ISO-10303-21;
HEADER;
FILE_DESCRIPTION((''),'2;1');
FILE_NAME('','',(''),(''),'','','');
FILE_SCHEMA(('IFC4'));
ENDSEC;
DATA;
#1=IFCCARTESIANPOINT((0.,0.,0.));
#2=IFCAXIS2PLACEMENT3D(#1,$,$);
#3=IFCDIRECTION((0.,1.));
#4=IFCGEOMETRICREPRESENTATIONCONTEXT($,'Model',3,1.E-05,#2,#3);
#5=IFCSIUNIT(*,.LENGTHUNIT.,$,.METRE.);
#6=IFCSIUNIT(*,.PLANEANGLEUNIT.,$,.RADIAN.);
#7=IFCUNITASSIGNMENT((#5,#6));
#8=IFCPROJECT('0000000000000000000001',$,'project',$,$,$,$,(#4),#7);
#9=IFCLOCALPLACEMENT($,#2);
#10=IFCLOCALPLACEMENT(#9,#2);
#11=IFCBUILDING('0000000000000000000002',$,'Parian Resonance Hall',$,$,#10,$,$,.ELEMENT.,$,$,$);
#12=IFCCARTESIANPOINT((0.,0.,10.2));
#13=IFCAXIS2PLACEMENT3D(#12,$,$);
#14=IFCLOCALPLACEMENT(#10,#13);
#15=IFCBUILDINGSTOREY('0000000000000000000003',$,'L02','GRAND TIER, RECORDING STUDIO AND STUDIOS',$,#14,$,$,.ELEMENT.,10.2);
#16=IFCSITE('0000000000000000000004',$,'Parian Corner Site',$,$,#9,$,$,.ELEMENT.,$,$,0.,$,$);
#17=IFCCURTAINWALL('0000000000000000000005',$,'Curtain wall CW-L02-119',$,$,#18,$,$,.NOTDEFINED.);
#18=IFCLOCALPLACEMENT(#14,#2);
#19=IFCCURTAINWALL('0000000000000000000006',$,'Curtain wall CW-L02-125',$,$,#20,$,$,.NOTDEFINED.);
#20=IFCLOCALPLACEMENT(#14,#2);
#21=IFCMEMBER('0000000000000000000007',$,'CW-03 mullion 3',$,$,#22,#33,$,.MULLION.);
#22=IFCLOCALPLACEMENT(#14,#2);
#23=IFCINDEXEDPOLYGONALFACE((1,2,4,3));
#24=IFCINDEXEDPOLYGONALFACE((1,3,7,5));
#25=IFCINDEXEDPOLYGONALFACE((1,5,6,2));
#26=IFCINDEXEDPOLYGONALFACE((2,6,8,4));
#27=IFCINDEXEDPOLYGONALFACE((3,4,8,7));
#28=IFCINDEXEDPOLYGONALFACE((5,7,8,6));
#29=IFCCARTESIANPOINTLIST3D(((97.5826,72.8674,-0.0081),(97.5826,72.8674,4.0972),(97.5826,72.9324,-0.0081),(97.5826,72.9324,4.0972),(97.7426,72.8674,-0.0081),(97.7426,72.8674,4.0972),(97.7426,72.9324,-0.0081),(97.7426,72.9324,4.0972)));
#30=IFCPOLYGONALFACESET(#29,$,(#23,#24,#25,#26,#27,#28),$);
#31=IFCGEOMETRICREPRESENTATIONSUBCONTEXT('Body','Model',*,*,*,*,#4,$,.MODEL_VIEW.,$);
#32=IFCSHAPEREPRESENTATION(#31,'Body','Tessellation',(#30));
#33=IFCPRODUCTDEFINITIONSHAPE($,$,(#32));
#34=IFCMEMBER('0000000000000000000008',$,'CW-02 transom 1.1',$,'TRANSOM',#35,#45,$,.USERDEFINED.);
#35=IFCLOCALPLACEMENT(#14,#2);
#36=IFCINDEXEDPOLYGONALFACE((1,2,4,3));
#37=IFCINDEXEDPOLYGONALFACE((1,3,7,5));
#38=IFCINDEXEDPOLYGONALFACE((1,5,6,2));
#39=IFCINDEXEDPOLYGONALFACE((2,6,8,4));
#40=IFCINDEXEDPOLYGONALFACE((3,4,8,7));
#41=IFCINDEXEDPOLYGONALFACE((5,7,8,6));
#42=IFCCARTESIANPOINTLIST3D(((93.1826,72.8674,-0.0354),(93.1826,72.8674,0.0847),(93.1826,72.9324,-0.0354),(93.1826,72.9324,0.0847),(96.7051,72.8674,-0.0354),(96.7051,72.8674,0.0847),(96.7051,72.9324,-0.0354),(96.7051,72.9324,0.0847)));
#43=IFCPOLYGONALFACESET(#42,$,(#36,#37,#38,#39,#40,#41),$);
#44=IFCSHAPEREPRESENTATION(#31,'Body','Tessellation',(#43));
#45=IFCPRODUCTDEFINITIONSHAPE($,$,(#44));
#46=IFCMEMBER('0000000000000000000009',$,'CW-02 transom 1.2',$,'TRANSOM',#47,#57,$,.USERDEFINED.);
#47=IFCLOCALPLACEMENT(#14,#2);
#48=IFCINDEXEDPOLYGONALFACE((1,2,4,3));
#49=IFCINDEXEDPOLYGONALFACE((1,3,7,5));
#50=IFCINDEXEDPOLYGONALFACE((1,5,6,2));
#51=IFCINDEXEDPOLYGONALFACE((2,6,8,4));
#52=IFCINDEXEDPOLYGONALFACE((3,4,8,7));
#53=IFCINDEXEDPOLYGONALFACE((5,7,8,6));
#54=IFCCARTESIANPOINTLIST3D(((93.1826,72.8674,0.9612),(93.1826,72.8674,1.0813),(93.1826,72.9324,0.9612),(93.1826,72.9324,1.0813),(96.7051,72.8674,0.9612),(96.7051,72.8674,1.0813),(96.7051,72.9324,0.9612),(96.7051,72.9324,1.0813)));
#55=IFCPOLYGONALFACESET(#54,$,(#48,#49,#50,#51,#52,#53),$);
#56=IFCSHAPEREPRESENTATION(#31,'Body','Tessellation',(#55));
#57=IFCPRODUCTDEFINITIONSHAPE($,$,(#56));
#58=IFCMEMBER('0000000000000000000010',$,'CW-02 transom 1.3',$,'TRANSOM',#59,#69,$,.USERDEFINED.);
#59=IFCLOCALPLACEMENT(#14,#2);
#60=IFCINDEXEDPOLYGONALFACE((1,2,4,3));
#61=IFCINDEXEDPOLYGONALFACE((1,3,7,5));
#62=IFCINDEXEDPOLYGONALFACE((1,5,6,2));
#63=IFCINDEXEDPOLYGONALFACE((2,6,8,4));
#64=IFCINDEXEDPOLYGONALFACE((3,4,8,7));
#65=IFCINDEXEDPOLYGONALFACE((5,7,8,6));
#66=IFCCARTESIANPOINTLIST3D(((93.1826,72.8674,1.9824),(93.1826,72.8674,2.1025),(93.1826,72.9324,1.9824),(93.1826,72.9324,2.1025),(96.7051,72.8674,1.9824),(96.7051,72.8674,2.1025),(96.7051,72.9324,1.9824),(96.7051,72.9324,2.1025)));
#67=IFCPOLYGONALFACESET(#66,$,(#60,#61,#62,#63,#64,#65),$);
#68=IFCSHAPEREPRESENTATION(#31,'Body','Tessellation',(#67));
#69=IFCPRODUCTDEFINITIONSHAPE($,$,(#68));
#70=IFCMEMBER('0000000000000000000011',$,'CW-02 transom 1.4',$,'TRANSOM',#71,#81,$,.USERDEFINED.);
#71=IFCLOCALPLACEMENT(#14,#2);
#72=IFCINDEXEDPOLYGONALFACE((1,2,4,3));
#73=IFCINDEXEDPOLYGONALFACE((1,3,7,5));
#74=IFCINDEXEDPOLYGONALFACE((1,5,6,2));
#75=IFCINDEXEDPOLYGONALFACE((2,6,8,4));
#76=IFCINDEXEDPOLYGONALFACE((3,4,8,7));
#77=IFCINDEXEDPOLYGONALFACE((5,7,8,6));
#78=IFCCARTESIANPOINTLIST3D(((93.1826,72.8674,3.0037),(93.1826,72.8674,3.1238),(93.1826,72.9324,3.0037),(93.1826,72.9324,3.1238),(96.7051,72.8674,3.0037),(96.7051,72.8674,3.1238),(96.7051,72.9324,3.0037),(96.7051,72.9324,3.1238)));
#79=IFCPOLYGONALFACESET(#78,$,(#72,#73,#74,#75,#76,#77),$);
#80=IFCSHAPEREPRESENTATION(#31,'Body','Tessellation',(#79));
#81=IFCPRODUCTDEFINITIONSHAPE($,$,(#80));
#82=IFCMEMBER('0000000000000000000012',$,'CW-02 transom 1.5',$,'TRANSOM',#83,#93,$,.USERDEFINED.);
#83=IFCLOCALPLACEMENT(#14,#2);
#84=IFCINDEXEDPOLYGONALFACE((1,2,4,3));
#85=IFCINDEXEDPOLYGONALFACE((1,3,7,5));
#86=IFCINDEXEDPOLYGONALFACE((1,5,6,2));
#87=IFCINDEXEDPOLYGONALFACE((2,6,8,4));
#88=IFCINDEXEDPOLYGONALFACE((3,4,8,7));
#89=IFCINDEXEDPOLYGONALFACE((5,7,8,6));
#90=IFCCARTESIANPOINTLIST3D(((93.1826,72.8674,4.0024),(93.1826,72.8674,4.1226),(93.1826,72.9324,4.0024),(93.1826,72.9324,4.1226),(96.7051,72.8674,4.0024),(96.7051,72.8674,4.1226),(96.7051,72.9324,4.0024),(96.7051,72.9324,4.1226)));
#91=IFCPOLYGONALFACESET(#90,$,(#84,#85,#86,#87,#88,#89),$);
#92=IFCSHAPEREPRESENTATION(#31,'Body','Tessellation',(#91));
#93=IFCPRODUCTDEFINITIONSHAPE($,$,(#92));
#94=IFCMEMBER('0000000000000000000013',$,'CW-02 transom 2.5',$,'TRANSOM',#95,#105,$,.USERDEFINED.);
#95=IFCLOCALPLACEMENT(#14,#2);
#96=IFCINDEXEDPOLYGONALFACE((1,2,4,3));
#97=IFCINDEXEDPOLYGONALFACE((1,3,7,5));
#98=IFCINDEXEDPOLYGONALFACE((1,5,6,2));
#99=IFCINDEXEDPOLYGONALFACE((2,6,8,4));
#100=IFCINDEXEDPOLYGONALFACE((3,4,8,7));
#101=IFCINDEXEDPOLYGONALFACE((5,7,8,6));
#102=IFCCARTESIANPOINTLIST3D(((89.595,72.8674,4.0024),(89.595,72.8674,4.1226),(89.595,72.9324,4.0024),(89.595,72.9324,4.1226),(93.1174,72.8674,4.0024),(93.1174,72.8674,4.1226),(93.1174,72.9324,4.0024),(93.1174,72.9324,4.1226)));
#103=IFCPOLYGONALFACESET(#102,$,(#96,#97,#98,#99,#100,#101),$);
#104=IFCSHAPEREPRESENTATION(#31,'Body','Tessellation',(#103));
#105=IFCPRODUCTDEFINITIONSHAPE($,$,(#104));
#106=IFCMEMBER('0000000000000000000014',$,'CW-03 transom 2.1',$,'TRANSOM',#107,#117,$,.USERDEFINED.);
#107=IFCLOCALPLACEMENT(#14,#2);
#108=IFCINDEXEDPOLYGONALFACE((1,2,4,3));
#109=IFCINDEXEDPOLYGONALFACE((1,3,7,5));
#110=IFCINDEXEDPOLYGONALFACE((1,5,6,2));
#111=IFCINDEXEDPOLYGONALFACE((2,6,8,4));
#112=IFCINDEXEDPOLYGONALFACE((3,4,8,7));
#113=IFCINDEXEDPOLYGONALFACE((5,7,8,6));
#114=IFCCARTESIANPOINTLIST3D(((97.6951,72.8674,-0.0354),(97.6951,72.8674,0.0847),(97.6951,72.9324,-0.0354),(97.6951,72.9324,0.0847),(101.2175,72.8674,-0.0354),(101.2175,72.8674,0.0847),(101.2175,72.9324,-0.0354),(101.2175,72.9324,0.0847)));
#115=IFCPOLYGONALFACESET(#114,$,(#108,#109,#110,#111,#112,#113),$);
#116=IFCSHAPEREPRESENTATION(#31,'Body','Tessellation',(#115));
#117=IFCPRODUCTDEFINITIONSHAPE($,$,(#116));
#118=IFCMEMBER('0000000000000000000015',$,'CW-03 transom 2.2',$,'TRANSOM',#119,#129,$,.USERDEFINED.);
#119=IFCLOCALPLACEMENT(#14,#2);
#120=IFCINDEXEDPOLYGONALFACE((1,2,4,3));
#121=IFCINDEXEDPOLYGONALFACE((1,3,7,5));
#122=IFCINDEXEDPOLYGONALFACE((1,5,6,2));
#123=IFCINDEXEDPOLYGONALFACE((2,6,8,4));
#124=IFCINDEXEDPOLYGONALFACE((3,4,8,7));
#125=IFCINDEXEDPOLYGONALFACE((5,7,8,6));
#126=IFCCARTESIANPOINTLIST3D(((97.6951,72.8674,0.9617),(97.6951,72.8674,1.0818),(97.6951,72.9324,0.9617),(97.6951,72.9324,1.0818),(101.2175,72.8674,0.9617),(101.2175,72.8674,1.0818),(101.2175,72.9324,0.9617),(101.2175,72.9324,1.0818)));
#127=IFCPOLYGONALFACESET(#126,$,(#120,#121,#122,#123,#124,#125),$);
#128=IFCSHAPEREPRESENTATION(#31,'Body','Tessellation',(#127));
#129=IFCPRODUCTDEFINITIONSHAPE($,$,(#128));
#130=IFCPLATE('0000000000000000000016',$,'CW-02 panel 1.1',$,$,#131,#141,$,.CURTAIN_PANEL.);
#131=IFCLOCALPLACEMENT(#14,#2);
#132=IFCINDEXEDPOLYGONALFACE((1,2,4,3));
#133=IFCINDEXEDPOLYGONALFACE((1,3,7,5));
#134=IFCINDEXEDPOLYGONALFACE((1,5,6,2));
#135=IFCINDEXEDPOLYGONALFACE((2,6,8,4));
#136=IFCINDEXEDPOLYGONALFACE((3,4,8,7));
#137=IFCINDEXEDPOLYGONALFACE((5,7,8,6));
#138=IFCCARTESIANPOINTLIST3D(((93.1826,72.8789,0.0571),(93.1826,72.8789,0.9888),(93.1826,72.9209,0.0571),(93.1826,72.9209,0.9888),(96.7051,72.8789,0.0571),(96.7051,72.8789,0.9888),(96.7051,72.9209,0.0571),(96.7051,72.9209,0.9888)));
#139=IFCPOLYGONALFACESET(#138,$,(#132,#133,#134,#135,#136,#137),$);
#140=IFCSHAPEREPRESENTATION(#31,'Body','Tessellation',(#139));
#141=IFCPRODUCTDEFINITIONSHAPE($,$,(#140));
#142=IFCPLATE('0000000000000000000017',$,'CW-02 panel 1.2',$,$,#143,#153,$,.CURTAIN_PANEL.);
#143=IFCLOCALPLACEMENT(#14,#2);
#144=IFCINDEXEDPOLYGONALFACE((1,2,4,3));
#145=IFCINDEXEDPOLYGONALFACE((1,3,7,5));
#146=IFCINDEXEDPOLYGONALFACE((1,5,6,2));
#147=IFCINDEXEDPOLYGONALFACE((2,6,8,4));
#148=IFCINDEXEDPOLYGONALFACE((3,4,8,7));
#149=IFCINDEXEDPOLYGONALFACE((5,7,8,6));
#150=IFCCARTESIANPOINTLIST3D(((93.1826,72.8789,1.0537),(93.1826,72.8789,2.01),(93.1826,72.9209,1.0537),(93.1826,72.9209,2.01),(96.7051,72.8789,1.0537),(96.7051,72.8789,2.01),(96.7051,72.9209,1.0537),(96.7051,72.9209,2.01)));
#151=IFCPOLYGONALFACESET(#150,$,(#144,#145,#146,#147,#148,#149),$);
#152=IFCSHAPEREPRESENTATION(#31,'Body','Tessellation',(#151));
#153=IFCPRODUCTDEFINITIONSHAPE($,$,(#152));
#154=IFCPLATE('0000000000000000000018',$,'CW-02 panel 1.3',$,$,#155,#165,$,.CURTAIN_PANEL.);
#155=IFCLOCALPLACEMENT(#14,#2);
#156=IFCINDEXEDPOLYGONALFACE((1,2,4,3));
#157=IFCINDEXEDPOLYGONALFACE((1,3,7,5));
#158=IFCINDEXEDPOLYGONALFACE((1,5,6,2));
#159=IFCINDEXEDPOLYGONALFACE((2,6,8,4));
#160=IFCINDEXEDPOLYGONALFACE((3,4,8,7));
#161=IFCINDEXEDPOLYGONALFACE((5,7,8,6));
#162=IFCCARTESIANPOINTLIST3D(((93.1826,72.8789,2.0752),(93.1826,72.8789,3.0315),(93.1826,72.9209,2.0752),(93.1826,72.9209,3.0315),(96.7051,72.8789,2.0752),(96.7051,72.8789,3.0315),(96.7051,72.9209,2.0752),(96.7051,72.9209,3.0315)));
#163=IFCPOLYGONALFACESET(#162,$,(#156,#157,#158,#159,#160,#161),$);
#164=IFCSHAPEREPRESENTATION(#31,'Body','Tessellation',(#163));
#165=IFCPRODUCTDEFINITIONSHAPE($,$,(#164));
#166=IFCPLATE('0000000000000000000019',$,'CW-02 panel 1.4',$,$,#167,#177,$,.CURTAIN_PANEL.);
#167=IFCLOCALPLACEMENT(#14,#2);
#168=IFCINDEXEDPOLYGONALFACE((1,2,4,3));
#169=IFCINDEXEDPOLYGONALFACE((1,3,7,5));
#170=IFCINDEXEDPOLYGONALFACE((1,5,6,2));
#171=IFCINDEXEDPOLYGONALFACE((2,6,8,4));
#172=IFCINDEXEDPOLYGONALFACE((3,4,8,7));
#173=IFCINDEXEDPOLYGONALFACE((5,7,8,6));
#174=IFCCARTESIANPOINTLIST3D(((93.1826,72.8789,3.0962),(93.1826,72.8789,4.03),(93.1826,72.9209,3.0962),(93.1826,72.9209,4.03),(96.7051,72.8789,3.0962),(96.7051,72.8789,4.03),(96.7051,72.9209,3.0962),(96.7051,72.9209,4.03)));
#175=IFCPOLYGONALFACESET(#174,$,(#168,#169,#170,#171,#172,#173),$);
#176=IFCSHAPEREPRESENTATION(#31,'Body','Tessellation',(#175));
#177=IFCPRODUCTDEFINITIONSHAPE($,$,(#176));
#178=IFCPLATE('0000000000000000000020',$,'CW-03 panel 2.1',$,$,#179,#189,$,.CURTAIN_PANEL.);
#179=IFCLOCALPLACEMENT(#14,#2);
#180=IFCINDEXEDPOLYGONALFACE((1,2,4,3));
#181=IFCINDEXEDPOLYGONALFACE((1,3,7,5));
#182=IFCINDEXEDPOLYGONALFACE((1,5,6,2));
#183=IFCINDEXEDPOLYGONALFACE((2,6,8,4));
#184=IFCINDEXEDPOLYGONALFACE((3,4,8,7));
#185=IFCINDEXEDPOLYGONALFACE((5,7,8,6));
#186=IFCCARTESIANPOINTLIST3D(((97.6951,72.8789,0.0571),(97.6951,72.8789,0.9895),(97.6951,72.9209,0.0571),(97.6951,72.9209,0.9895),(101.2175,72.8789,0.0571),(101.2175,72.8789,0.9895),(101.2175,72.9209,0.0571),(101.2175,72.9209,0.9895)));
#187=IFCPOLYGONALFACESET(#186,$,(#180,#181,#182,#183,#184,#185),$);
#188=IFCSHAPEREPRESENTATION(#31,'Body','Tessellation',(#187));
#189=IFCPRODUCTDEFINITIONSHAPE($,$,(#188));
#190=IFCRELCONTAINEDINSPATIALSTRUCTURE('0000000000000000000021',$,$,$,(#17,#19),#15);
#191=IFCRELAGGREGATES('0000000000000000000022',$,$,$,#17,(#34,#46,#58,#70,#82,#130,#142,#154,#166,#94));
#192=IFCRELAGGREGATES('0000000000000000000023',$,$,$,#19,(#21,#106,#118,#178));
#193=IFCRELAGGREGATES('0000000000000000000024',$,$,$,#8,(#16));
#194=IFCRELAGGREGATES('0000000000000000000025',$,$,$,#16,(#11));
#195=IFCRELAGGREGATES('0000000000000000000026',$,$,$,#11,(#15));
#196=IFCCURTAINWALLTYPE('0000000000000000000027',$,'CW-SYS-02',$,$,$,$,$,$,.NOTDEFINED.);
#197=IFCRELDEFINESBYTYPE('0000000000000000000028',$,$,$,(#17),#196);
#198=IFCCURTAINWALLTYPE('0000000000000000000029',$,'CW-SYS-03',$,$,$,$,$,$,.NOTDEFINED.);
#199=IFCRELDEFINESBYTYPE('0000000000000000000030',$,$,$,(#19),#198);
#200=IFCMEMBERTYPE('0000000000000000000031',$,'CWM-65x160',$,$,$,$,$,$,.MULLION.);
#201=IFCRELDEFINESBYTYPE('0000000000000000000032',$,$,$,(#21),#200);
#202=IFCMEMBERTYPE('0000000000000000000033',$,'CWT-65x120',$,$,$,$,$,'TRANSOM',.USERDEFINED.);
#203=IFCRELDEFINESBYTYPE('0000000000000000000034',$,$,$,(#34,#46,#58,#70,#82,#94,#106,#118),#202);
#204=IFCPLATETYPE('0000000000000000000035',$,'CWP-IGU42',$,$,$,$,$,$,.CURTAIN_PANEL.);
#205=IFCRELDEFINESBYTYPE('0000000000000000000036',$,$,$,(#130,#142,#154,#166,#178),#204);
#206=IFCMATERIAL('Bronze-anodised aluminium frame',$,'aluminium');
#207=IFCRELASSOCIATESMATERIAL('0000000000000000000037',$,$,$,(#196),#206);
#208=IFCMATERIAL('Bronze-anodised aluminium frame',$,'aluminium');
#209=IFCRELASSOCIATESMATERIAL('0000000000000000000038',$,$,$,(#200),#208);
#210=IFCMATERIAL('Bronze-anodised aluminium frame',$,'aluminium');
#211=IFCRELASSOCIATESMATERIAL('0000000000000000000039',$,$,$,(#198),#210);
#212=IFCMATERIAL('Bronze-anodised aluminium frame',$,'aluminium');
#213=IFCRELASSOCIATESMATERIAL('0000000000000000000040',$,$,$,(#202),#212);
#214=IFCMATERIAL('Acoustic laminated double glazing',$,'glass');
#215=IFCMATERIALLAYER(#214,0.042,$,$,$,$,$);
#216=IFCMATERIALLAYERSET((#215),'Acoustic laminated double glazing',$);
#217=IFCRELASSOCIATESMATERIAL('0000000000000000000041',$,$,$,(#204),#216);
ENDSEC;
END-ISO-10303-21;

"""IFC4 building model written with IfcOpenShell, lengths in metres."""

from ifc_helpers import new_model, si_unit, direction, frame, origin, origin_2d, place, context, subcontext, project, spatial, rectangle, extrude, material, layer, layer_set, material_profile, profile_set, type_object, element, aggregate, save


model = new_model("IFC4")

# Units and contexts
model_context = context("Model", 3, precision=1e-05, world=origin(), true_north=direction((0.0, 1.0)))
body_context = subcontext(model_context, "Body", "Model", "MODEL_VIEW")
ifc_project = project(units=[si_unit("LENGTHUNIT", "METRE"), si_unit("PLANEANGLEUNIT", "RADIAN")], contexts=[model_context])

# Site, building, storey
site_placement = place(None, origin())
site = spatial("IfcSite", under=ifc_project, at=site_placement, Name="Parian Corner Site", CompositionType="ELEMENT", RefElevation=0.0)
building_placement = place(site_placement, origin())
building = spatial("IfcBuilding", under=site, at=building_placement, Name="Parian Resonance Hall", CompositionType="ELEMENT")
storey_placement = place(building_placement, frame((0.0, 0.0, 10.2)))
storey = spatial("IfcBuildingStorey", under=building, at=storey_placement, Name="L02", Description="GRAND TIER, RECORDING STUDIO AND STUDIOS", CompositionType="ELEMENT", Elevation=10.2)

# Curtain wall
ifc_material_1 = material(Name="Bronze-anodised aluminium frame", Category="aluminium")
curtain_wall_type_1 = type_object("IfcCurtainWallType", Name="CW-SYS-02", PredefinedType="NOTDEFINED", material=ifc_material_1)
curtain_wall_1_placement = place(storey_placement, origin())
curtain_wall_1 = element("IfcCurtainWall", 1, at=curtain_wall_1_placement, inside=storey, type_object=curtain_wall_type_1, Name="Curtain wall CW-L02-119", PredefinedType="NOTDEFINED")
ifc_material_2 = material(Name="Bronze-anodised aluminium frame", Category="aluminium")
ifc_material_profile_1 = material_profile(ifc_material_2, rectangle(XDim=0.0649, YDim=0.1599, at=origin_2d()), Name="CWM-65x160")
ifc_profile_set_1 = profile_set([ifc_material_profile_1], Name="Bronze-anodised aluminium frame")
member_type_1 = type_object("IfcMemberType", Name="CWM-65x160", PredefinedType="MULLION", material=ifc_profile_set_1)

# Curtain wall, member
ifc_material_3 = material(Name="Bronze-anodised aluminium frame", Category="aluminium")
curtain_wall_type_2 = type_object("IfcCurtainWallType", Name="CW-SYS-03", PredefinedType="NOTDEFINED", material=ifc_material_3)
curtain_wall_2_placement = place(storey_placement, origin())
curtain_wall_2 = element("IfcCurtainWall", 2, at=curtain_wall_2_placement, inside=storey, type_object=curtain_wall_type_2, Name="Curtain wall CW-L02-125", PredefinedType="NOTDEFINED")
member_1_placement = place(storey_placement, frame((97.6626, 72.8999, -0.0081), z_axis=(0.0, 0.0, 1.0), x_axis=(0.0, -1.0, 0.0)))
member_1 = element("IfcMember", 3, at=member_1_placement, type_object=member_type_1, Name="CW-03 mullion 3", PredefinedType="MULLION", context=body_context, shape_type="SweptSolid", body=[
    extrude(rectangle(XDim=0.0649, YDim=0.1599, at=origin_2d()), origin(), (0.0, 0.0, 1.0), 4.1052),
])

# Members
ifc_material_4 = material(Name="Bronze-anodised aluminium frame", Category="aluminium")
ifc_material_profile_2 = material_profile(ifc_material_4, rectangle(XDim=0.0649, YDim=0.1201, at=origin_2d()), Name="CWT-65x120")
ifc_profile_set_2 = profile_set([ifc_material_profile_2], Name="Bronze-anodised aluminium frame")
member_type_2 = type_object("IfcMemberType", Name="CWT-65x120", ElementType="TRANSOM", PredefinedType="USERDEFINED", material=ifc_profile_set_2)
member_2_placement = place(storey_placement, frame((96.7051, 72.8999, 0.0247), z_axis=(-1.0, 0.0, 0.0), x_axis=(0.0, -1.0, 0.0)))
member_2 = element("IfcMember", 4, at=member_2_placement, type_object=member_type_2, Name="CW-02 transom 1.1", ObjectType="TRANSOM", PredefinedType="USERDEFINED", context=body_context, shape_type="SweptSolid", body=[
    extrude(rectangle(XDim=0.0649, YDim=0.1201, at=origin_2d()), origin(), (0.0, 0.0, 1.0), 3.5225),
])
member_3_placement = place(storey_placement, frame((96.7051, 72.8999, 1.0212), z_axis=(-1.0, 0.0, 0.0), x_axis=(0.0, -1.0, 0.0)))
member_3 = element("IfcMember", 5, at=member_3_placement, type_object=member_type_2, Name="CW-02 transom 1.2", ObjectType="TRANSOM", PredefinedType="USERDEFINED", context=body_context, shape_type="SweptSolid", body=[
    extrude(rectangle(XDim=0.0649, YDim=0.1201, at=origin_2d()), origin(), (0.0, 0.0, 1.0), 3.5225),
])
member_4_placement = place(storey_placement, frame((96.7051, 72.8999, 2.0425), z_axis=(-1.0, 0.0, 0.0), x_axis=(0.0, -1.0, 0.0)))
member_4 = element("IfcMember", 6, at=member_4_placement, type_object=member_type_2, Name="CW-02 transom 1.3", ObjectType="TRANSOM", PredefinedType="USERDEFINED", context=body_context, shape_type="SweptSolid", body=[
    extrude(rectangle(XDim=0.0649, YDim=0.1201, at=origin_2d()), origin(), (0.0, 0.0, 1.0), 3.5225),
])
member_5_placement = place(storey_placement, frame((96.7051, 72.8999, 3.0637), z_axis=(-1.0, 0.0, 0.0), x_axis=(0.0, -1.0, 0.0)))
member_5 = element("IfcMember", 7, at=member_5_placement, type_object=member_type_2, Name="CW-02 transom 1.4", ObjectType="TRANSOM", PredefinedType="USERDEFINED", context=body_context, shape_type="SweptSolid", body=[
    extrude(rectangle(XDim=0.0649, YDim=0.1201, at=origin_2d()), origin(), (0.0, 0.0, 1.0), 3.5225),
])
member_6_placement = place(storey_placement, frame((96.7051, 72.8999, 4.0625), z_axis=(-1.0, 0.0, 0.0), x_axis=(0.0, -1.0, 0.0)))
member_6 = element("IfcMember", 8, at=member_6_placement, type_object=member_type_2, Name="CW-02 transom 1.5", ObjectType="TRANSOM", PredefinedType="USERDEFINED", context=body_context, shape_type="SweptSolid", body=[
    extrude(rectangle(XDim=0.0649, YDim=0.1201, at=origin_2d()), origin(), (0.0, 0.0, 1.0), 3.5225),
])
member_7_placement = place(storey_placement, frame((93.1174, 72.8999, 4.0625), z_axis=(-1.0, 0.0, 0.0), x_axis=(0.0, -1.0, 0.0)))
member_7 = element("IfcMember", 9, at=member_7_placement, type_object=member_type_2, Name="CW-02 transom 2.5", ObjectType="TRANSOM", PredefinedType="USERDEFINED", context=body_context, shape_type="SweptSolid", body=[
    extrude(rectangle(XDim=0.0649, YDim=0.1201, at=origin_2d()), origin(), (0.0, 0.0, 1.0), 3.5225),
])
member_8_placement = place(storey_placement, frame((101.2175, 72.8999, 0.0247), z_axis=(-1.0, 0.0, 0.0), x_axis=(0.0, -1.0, 0.0)))
member_8 = element("IfcMember", 10, at=member_8_placement, type_object=member_type_2, Name="CW-03 transom 2.1", ObjectType="TRANSOM", PredefinedType="USERDEFINED", context=body_context, shape_type="SweptSolid", body=[
    extrude(rectangle(XDim=0.0649, YDim=0.1201, at=origin_2d()), origin(), (0.0, 0.0, 1.0), 3.5225),
])
member_9_placement = place(storey_placement, frame((101.2175, 72.8999, 1.0217), z_axis=(-1.0, 0.0, 0.0), x_axis=(0.0, -1.0, 0.0)))
member_9 = element("IfcMember", 11, at=member_9_placement, type_object=member_type_2, Name="CW-03 transom 2.2", ObjectType="TRANSOM", PredefinedType="USERDEFINED", context=body_context, shape_type="SweptSolid", body=[
    extrude(rectangle(XDim=0.0649, YDim=0.1201, at=origin_2d()), origin(), (0.0, 0.0, 1.0), 3.5225),
])

# Plates
ifc_material_5 = material(Name="Acoustic laminated double glazing", Category="glass")
ifc_layer = layer(ifc_material_5, 0.042)
ifc_layer_set = layer_set([ifc_layer], Name="Acoustic laminated double glazing")
plate_type = type_object("IfcPlateType", Name="CWP-IGU42", PredefinedType="CURTAIN_PANEL", material=ifc_layer_set)
plate_1_placement = place(storey_placement, frame((94.9438, 72.8999, 0.0571), z_axis=(0.0, 0.0, 1.0), x_axis=(-1.0, 0.0, 0.0)))
plate_1 = element("IfcPlate", 12, at=plate_1_placement, type_object=plate_type, Name="CW-02 panel 1.1", PredefinedType="CURTAIN_PANEL", context=body_context, shape_type="SweptSolid", body=[
    extrude(rectangle(XDim=3.5225, YDim=0.042, at=origin_2d()), origin(), (0.0, 0.0, 1.0), 0.9316),
])
plate_2_placement = place(storey_placement, frame((94.9438, 72.8999, 1.0537), z_axis=(0.0, 0.0, 1.0), x_axis=(-1.0, 0.0, 0.0)))
plate_2 = element("IfcPlate", 13, at=plate_2_placement, type_object=plate_type, Name="CW-02 panel 1.2", PredefinedType="CURTAIN_PANEL", context=body_context, shape_type="SweptSolid", body=[
    extrude(rectangle(XDim=3.5225, YDim=0.042, at=origin_2d()), origin(), (0.0, 0.0, 1.0), 0.9563),
])
plate_3_placement = place(storey_placement, frame((94.9438, 72.8999, 2.0752), z_axis=(0.0, 0.0, 1.0), x_axis=(-1.0, 0.0, 0.0)))
plate_3 = element("IfcPlate", 14, at=plate_3_placement, type_object=plate_type, Name="CW-02 panel 1.3", PredefinedType="CURTAIN_PANEL", context=body_context, shape_type="SweptSolid", body=[
    extrude(rectangle(XDim=3.5225, YDim=0.042, at=origin_2d()), origin(), (0.0, 0.0, 1.0), 0.9563),
])
plate_4_placement = place(storey_placement, frame((94.9438, 72.8999, 3.0962), z_axis=(0.0, 0.0, 1.0), x_axis=(-1.0, 0.0, 0.0)))
plate_4 = element("IfcPlate", 15, at=plate_4_placement, type_object=plate_type, Name="CW-02 panel 1.4", PredefinedType="CURTAIN_PANEL", context=body_context, shape_type="SweptSolid", body=[
    extrude(rectangle(XDim=3.5225, YDim=0.042, at=origin_2d()), origin(), (0.0, 0.0, 1.0), 0.9338),
])
aggregate(curtain_wall_1, [member_2, member_3, member_4, member_5, member_6, plate_1, plate_2, plate_3, plate_4, member_7])
plate_5_placement = place(storey_placement, frame((99.4563, 72.8999, 0.0571), z_axis=(0.0, 0.0, 1.0), x_axis=(-1.0, 0.0, 0.0)))
plate_5 = element("IfcPlate", 16, at=plate_5_placement, type_object=plate_type, Name="CW-03 panel 2.1", PredefinedType="CURTAIN_PANEL", context=body_context, shape_type="SweptSolid", body=[
    extrude(rectangle(XDim=3.5225, YDim=0.042, at=origin_2d()), origin(), (0.0, 0.0, 1.0), 0.9324),
])
aggregate(curtain_wall_2, [member_1, member_8, member_9, plate_5])

save(model, "model.ifc")
